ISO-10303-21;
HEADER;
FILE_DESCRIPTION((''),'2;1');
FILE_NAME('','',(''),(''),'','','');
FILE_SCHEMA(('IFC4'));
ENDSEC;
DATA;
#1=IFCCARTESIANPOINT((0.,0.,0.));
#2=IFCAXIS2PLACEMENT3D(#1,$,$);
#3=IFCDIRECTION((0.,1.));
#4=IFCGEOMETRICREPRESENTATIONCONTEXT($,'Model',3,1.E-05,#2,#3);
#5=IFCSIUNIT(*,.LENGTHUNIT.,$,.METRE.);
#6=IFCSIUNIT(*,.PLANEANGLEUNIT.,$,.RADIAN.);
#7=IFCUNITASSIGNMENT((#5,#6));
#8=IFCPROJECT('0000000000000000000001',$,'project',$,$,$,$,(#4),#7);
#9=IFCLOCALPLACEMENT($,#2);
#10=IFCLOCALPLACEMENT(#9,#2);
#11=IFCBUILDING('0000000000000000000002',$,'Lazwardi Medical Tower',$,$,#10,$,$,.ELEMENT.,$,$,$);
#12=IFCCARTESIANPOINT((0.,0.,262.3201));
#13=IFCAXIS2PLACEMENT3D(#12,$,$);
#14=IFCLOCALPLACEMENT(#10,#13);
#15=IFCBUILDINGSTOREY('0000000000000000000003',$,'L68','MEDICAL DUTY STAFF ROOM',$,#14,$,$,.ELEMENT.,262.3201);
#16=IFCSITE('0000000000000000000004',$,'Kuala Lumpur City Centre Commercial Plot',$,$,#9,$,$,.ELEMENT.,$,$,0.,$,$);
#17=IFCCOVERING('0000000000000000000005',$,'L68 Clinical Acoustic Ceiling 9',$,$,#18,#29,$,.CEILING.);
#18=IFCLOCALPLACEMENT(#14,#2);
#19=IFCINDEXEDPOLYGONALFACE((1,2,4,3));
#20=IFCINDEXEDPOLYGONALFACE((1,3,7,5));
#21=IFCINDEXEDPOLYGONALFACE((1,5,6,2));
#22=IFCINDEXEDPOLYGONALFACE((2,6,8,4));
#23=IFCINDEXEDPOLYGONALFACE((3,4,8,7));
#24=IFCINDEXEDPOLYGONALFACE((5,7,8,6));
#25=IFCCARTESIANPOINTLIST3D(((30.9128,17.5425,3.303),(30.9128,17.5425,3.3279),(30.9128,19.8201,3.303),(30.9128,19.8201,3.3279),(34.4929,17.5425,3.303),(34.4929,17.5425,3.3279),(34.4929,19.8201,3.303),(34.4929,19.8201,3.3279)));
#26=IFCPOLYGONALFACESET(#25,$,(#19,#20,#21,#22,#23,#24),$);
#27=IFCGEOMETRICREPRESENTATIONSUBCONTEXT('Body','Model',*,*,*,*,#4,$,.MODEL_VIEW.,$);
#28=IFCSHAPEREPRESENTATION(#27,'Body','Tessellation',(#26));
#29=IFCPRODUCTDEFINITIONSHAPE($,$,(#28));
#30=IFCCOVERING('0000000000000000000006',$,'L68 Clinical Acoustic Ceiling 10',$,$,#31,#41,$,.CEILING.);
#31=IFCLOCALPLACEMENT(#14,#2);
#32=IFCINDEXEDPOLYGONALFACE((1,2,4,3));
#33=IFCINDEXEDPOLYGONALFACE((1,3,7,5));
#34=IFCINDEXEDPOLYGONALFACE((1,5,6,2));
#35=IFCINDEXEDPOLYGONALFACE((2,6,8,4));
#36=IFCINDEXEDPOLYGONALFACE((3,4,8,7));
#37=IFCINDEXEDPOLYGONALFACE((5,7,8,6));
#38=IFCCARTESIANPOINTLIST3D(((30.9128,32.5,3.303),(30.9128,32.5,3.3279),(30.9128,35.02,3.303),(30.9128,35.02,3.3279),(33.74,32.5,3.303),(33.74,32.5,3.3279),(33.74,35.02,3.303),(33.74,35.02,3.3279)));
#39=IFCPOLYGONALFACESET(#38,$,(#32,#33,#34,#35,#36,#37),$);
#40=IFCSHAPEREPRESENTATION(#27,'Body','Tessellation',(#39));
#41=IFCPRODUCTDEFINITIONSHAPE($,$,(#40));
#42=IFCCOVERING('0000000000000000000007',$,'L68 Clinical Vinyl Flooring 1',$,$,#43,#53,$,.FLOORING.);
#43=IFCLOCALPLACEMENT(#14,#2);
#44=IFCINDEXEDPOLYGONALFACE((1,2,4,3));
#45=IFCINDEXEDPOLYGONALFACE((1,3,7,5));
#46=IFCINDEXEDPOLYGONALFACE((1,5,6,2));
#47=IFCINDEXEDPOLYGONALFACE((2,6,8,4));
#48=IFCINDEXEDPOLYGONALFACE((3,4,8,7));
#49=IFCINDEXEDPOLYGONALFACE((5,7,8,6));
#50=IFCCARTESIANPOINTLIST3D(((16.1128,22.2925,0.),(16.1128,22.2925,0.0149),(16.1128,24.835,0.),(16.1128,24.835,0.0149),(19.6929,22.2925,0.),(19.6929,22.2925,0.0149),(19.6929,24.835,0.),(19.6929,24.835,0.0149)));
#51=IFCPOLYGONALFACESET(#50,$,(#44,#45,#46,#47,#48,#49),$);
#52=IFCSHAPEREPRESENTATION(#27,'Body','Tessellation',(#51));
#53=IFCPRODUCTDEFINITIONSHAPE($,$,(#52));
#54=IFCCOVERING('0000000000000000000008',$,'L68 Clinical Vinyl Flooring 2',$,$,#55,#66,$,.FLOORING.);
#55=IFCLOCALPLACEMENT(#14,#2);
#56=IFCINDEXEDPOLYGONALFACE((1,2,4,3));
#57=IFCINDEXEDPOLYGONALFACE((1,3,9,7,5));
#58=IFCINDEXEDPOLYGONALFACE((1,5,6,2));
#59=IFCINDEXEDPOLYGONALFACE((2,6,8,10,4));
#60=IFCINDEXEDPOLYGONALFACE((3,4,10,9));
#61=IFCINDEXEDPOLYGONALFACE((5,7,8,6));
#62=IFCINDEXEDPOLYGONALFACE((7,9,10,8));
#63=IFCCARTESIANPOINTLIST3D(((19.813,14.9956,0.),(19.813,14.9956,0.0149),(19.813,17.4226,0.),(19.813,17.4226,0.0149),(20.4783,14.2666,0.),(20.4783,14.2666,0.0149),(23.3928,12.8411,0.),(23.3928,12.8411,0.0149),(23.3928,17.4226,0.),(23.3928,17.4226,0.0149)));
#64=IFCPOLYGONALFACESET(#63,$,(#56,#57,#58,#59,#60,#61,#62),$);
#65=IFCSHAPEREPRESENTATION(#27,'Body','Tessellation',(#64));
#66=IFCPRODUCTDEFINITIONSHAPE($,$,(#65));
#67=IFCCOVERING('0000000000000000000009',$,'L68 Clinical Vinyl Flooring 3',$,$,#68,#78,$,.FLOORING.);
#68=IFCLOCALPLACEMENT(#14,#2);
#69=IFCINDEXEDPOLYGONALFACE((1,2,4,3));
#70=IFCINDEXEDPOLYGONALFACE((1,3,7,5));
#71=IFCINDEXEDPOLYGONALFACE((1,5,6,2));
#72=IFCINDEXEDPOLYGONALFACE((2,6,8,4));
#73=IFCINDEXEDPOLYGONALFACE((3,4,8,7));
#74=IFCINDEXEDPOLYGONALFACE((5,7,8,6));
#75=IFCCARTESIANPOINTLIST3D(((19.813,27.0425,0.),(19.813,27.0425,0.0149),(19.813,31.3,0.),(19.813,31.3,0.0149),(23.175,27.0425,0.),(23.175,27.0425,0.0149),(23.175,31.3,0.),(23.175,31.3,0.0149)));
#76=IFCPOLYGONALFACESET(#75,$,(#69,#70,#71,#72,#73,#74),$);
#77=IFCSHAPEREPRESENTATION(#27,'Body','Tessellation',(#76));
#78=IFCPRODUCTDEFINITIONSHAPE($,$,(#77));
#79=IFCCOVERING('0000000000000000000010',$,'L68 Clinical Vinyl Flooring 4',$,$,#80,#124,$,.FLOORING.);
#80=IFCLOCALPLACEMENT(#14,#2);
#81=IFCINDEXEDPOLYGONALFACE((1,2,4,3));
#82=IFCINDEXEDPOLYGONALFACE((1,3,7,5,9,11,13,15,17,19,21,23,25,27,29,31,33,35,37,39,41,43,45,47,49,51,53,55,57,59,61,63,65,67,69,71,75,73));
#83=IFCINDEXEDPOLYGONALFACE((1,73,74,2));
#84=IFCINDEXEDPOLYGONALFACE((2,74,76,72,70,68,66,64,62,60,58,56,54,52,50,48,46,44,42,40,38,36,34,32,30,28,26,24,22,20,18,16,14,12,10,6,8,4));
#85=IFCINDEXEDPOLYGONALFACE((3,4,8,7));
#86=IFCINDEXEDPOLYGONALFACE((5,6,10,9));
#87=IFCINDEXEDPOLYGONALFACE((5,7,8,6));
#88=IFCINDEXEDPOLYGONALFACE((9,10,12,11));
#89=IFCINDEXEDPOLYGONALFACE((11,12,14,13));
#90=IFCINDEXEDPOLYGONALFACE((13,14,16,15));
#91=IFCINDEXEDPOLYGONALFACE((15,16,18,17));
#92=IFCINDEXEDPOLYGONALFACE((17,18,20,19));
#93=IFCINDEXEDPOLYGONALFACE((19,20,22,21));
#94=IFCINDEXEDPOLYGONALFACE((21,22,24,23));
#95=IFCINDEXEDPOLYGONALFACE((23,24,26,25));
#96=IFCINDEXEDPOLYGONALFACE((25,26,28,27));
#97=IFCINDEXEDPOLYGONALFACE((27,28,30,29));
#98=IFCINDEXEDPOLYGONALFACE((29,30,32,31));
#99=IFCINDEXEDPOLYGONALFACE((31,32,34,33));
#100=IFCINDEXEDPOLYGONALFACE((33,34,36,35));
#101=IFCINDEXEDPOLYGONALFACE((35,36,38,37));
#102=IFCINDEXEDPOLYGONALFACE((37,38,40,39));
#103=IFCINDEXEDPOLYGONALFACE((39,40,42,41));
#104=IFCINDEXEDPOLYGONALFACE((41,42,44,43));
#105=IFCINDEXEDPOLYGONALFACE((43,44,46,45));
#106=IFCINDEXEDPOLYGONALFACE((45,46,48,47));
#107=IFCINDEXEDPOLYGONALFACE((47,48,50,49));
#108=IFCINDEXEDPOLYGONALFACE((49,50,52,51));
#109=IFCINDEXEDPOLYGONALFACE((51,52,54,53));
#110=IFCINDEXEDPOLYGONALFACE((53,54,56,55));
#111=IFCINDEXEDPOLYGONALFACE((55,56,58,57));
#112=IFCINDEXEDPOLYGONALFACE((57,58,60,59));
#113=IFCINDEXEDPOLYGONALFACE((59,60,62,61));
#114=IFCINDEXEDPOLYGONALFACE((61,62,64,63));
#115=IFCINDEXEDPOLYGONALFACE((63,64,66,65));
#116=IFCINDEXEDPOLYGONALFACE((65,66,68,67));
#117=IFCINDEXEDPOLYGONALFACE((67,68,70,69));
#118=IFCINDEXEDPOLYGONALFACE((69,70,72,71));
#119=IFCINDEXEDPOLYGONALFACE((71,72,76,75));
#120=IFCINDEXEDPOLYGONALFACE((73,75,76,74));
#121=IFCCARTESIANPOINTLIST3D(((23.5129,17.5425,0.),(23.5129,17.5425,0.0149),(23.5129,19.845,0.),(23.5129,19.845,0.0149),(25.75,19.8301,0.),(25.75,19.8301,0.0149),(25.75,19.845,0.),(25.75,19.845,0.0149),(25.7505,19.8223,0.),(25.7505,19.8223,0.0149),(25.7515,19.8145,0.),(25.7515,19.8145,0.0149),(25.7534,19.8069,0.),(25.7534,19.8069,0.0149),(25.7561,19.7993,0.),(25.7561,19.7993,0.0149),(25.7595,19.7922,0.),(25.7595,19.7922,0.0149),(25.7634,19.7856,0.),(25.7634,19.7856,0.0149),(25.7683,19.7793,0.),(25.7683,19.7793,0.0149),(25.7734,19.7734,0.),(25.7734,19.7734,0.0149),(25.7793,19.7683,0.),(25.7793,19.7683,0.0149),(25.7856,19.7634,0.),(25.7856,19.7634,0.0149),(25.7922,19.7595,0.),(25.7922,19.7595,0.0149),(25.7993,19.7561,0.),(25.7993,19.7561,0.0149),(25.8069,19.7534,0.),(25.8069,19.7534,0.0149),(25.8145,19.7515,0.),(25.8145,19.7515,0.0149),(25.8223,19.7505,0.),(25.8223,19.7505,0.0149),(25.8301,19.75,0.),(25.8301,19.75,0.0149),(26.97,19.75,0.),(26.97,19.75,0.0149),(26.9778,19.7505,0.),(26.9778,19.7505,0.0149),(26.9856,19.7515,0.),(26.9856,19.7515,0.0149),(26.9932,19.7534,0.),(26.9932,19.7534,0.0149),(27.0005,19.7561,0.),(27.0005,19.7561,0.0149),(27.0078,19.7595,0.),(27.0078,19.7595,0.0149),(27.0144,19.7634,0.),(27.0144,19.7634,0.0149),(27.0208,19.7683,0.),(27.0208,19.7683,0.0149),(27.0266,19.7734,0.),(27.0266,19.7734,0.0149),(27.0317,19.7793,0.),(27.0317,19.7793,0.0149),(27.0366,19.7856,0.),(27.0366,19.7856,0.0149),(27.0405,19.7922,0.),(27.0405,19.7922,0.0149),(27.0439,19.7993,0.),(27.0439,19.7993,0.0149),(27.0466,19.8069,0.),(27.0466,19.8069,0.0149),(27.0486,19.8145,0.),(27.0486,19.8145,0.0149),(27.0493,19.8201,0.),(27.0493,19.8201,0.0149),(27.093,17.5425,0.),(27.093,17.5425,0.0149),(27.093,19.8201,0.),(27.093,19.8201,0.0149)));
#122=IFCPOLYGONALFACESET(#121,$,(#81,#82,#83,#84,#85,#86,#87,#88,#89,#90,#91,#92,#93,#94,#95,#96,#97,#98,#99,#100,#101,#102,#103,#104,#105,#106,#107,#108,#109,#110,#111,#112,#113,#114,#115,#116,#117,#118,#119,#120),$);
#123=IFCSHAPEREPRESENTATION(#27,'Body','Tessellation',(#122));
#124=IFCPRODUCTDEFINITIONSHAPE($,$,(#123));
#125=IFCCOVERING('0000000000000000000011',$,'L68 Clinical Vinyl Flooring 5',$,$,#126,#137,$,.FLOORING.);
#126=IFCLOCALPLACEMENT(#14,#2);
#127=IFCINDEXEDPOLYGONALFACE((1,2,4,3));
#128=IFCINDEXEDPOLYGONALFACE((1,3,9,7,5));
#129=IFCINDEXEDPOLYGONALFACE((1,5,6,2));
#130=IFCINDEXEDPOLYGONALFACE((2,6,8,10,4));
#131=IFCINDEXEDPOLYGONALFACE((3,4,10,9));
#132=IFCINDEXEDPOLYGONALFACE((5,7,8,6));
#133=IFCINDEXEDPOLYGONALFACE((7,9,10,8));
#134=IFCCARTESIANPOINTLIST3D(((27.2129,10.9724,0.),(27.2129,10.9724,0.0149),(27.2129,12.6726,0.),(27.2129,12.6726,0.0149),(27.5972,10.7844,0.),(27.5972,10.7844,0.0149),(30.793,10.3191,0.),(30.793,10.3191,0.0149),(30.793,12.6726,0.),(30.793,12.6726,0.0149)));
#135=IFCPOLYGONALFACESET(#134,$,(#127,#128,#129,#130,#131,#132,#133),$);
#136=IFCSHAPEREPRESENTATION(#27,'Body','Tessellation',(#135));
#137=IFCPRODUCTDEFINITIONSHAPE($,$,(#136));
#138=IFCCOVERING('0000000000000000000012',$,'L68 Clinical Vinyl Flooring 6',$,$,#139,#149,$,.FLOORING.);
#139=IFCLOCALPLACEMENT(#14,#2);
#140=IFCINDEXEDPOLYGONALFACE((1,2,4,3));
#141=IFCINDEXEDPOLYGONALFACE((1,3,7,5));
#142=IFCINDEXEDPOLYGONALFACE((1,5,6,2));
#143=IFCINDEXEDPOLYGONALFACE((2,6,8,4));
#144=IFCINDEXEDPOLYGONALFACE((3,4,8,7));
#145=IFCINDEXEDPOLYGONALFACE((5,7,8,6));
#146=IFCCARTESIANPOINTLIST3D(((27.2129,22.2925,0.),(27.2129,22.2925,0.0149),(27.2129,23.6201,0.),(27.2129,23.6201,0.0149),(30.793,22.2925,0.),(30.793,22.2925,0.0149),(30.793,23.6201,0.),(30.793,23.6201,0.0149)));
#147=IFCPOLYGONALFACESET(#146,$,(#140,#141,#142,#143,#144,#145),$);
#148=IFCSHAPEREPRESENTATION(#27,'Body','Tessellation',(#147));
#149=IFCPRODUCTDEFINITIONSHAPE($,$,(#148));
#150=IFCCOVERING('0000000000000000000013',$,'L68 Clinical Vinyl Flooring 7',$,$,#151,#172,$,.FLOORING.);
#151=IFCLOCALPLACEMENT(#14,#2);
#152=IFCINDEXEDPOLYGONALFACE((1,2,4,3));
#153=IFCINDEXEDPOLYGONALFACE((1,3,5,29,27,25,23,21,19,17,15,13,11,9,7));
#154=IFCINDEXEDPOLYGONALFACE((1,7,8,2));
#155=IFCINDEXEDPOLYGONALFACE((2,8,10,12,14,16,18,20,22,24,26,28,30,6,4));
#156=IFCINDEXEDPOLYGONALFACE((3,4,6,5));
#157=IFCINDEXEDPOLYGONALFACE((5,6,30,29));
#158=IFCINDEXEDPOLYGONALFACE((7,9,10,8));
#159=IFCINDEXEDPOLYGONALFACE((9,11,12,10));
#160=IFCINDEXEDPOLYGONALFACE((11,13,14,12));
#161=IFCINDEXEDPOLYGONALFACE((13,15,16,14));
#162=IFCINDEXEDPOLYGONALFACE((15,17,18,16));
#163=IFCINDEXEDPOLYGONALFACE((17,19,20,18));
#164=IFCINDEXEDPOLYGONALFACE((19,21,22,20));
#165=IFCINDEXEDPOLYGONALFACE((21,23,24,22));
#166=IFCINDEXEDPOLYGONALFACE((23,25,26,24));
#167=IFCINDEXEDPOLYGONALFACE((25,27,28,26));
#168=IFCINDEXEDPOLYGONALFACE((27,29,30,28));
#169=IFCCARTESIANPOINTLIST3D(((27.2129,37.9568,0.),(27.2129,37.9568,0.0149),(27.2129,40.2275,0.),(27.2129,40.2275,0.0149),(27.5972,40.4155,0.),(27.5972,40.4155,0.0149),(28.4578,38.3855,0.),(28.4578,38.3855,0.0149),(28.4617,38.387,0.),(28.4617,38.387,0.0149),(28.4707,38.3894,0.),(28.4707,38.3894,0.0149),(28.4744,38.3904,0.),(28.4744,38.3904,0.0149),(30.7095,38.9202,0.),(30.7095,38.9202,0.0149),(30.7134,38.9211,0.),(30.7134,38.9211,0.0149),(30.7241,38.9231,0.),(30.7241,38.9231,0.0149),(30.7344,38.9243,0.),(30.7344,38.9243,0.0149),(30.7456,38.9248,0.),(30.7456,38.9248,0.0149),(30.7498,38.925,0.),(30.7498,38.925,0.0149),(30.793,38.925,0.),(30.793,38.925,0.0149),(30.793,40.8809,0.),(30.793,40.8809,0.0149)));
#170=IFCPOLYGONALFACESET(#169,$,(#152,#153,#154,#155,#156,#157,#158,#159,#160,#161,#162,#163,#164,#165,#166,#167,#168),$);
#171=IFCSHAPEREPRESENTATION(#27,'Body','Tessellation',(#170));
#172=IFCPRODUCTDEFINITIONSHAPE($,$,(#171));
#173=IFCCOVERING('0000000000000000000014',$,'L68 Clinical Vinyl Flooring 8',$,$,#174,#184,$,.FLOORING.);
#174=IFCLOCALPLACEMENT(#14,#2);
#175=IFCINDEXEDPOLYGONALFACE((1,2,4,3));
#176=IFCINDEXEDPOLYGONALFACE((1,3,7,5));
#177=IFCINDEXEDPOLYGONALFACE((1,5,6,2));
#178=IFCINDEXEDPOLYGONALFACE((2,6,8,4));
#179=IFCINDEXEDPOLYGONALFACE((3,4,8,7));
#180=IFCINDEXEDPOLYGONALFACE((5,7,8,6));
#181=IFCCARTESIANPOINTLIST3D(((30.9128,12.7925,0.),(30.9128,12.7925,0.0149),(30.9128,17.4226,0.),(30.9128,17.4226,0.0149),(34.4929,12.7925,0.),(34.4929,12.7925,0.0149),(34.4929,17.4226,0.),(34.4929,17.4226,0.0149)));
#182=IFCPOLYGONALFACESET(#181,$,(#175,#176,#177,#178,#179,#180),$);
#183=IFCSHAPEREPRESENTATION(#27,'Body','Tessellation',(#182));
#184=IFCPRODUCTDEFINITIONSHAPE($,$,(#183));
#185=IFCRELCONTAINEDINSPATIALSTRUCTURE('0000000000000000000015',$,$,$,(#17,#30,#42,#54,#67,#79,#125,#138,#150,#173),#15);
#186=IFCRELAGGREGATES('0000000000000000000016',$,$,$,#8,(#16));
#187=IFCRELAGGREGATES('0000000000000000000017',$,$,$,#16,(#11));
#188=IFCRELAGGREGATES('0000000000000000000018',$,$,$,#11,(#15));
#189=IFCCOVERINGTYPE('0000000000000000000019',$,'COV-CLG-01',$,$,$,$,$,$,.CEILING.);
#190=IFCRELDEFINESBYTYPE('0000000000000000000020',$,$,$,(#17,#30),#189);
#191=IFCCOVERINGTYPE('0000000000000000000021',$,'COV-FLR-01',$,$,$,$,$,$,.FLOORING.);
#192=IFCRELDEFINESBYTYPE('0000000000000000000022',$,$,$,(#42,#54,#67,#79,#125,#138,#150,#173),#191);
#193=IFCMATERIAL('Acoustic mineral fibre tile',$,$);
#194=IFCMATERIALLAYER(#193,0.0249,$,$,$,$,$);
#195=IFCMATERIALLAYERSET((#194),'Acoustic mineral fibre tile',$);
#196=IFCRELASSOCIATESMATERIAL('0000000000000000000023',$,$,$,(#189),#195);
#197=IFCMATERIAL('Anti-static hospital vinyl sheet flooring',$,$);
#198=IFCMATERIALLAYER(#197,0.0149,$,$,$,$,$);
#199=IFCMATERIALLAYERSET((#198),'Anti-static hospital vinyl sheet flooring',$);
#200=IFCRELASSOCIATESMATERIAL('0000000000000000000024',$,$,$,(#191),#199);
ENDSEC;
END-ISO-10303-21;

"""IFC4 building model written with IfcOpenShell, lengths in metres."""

from ifc_helpers import new_model, si_unit, direction, frame, origin, place, context, subcontext, project, spatial, polyline, outline, extrude, material, layer, layer_set, type_object, element, save


model = new_model("IFC4")

# Units and contexts
model_context = context("Model", 3, precision=1e-05, world=origin(), true_north=direction((0.0, 1.0)))
body_context = subcontext(model_context, "Body", "Model", "MODEL_VIEW")
ifc_project = project(units=[si_unit("LENGTHUNIT", "METRE"), si_unit("PLANEANGLEUNIT", "RADIAN")], contexts=[model_context])

# Site, building, storey
site_placement = place(None, origin())
site = spatial("IfcSite", under=ifc_project, at=site_placement, Name="Kuala Lumpur City Centre Commercial Plot", CompositionType="ELEMENT", RefElevation=0.0)
building_placement = place(site_placement, origin())
building = spatial("IfcBuilding", under=site, at=building_placement, Name="Lazwardi Medical Tower", CompositionType="ELEMENT")
storey_placement = place(building_placement, frame((0.0, 0.0, 262.3201)))
storey = spatial("IfcBuildingStorey", under=building, at=storey_placement, Name="L68", Description="MEDICAL DUTY STAFF ROOM", CompositionType="ELEMENT", Elevation=262.3201)

# Coverings
ifc_material_1 = material(Name="Acoustic mineral fibre tile")
ifc_layer_1 = layer(ifc_material_1, 0.0249)
ifc_layer_set_1 = layer_set([ifc_layer_1], Name="Acoustic mineral fibre tile")
covering_type_1 = type_object("IfcCoveringType", Name="COV-CLG-01", PredefinedType="CEILING", material=ifc_layer_set_1)
covering_1_placement = place(storey_placement, frame((0.0, 0.0, 3.303)))
element("IfcCovering", 1, at=covering_1_placement, inside=storey, type_object=covering_type_1, Name="L68 Clinical Acoustic Ceiling 9", PredefinedType="CEILING", context=body_context, shape_type="SweptSolid", body=[
    extrude(outline(polyline([(34.4929, 19.8201), (30.9128, 19.8201), (30.9128, 17.5425), (34.4929, 17.5425), (34.4929, 19.8201)])), origin(), (0.0, 0.0, 1.0), 0.0249),
])
covering_2_placement = place(storey_placement, frame((0.0, 0.0, 3.303)))
element("IfcCovering", 2, at=covering_2_placement, inside=storey, type_object=covering_type_1, Name="L68 Clinical Acoustic Ceiling 10", PredefinedType="CEILING", context=body_context, shape_type="SweptSolid", body=[
    extrude(outline(polyline([(30.9128, 32.5), (33.74, 32.5), (33.74, 35.02), (30.9128, 35.02), (30.9128, 32.5)])), origin(), (0.0, 0.0, 1.0), 0.0249),
])
ifc_material_2 = material(Name="Anti-static hospital vinyl sheet flooring")
ifc_layer_2 = layer(ifc_material_2, 0.0149)
ifc_layer_set_2 = layer_set([ifc_layer_2], Name="Anti-static hospital vinyl sheet flooring")
covering_type_2 = type_object("IfcCoveringType", Name="COV-FLR-01", PredefinedType="FLOORING", material=ifc_layer_set_2)
covering_3_placement = place(storey_placement, origin())
element("IfcCovering", 3, at=covering_3_placement, inside=storey, type_object=covering_type_2, Name="L68 Clinical Vinyl Flooring 1", PredefinedType="FLOORING", context=body_context, shape_type="SweptSolid", body=[
    extrude(outline(polyline([(19.6929, 24.835), (16.1128, 24.835), (16.1128, 22.2925), (19.6929, 22.2925), (19.6929, 24.835)])), origin(), (0.0, 0.0, 1.0), 0.0149),
])
covering_4_placement = place(storey_placement, origin())
element("IfcCovering", 4, at=covering_4_placement, inside=storey, type_object=covering_type_2, Name="L68 Clinical Vinyl Flooring 2", PredefinedType="FLOORING", context=body_context, shape_type="SweptSolid", body=[
    extrude(outline(polyline([(19.813, 14.9956), (20.4783, 14.2666), (23.3928, 12.8411), (23.3928, 17.4226), (19.813, 17.4226), (19.813, 14.9956)])), origin(), (0.0, 0.0, 1.0), 0.0149),
])
covering_5_placement = place(storey_placement, origin())
element("IfcCovering", 5, at=covering_5_placement, inside=storey, type_object=covering_type_2, Name="L68 Clinical Vinyl Flooring 3", PredefinedType="FLOORING", context=body_context, shape_type="SweptSolid", body=[
    extrude(outline(polyline([(23.175, 27.0425), (23.175, 31.3), (19.813, 31.3), (19.813, 27.0425), (23.175, 27.0425)])), origin(), (0.0, 0.0, 1.0), 0.0149),
])
covering_6_placement = place(storey_placement, origin())
element("IfcCovering", 6, at=covering_6_placement, inside=storey, type_object=covering_type_2, Name="L68 Clinical Vinyl Flooring 4", PredefinedType="FLOORING", context=body_context, shape_type="SweptSolid", body=[
    extrude(outline(polyline([(27.093, 19.8201), (27.0493, 19.8201), (27.0486, 19.8145), (27.0466, 19.8069), (27.0439, 19.7993), (27.0405, 19.7922), (27.0366, 19.7856), (27.0317, 19.7793), (27.0266, 19.7734), (27.0208, 19.7683), (27.0144, 19.7634), (27.0078, 19.7595), (27.0005, 19.7561), (26.9932, 19.7534), (26.9856, 19.7515), (26.9778, 19.7505), (26.97, 19.75), (25.8301, 19.75), (25.8223, 19.7505), (25.8145, 19.7515), (25.8069, 19.7534), (25.7993, 19.7561), (25.7922, 19.7595), (25.7856, 19.7634), (25.7793, 19.7683), (25.7734, 19.7734), (25.7683, 19.7793), (25.7634, 19.7856), (25.7595, 19.7922), (25.7561, 19.7993), (25.7534, 19.8069), (25.7515, 19.8145), (25.7505, 19.8223), (25.75, 19.8301), (25.75, 19.845), (23.5129, 19.845), (23.5129, 17.5425), (27.093, 17.5425), (27.093, 19.8201)])), origin(), (0.0, 0.0, 1.0), 0.0149),
])
covering_7_placement = place(storey_placement, origin())
element("IfcCovering", 7, at=covering_7_placement, inside=storey, type_object=covering_type_2, Name="L68 Clinical Vinyl Flooring 5", PredefinedType="FLOORING", context=body_context, shape_type="SweptSolid", body=[
    extrude(outline(polyline([(27.2129, 10.9724), (27.5972, 10.7844), (30.793, 10.3191), (30.793, 12.6726), (27.2129, 12.6726), (27.2129, 10.9724)])), origin(), (0.0, 0.0, 1.0), 0.0149),
])
covering_8_placement = place(storey_placement, origin())
element("IfcCovering", 8, at=covering_8_placement, inside=storey, type_object=covering_type_2, Name="L68 Clinical Vinyl Flooring 6", PredefinedType="FLOORING", context=body_context, shape_type="SweptSolid", body=[
    extrude(outline(polyline([(30.793, 23.6201), (27.2129, 23.6201), (27.2129, 22.2925), (30.793, 22.2925), (30.793, 23.6201)])), origin(), (0.0, 0.0, 1.0), 0.0149),
])
covering_9_placement = place(storey_placement, origin())
element("IfcCovering", 9, at=covering_9_placement, inside=storey, type_object=covering_type_2, Name="L68 Clinical Vinyl Flooring 7", PredefinedType="FLOORING", context=body_context, shape_type="SweptSolid", body=[
    extrude(outline(polyline([(30.793, 40.8809), (27.5972, 40.4155), (27.2129, 40.2275), (27.2129, 37.9568), (28.4578, 38.3855), (28.4617, 38.387), (28.4707, 38.3894), (28.4744, 38.3904), (30.7095, 38.9202), (30.7134, 38.9211), (30.7241, 38.9231), (30.7344, 38.9243), (30.7456, 38.9248), (30.7498, 38.925), (30.793, 38.925), (30.793, 40.8809)])), origin(), (0.0, 0.0, 1.0), 0.0149),
])
covering_10_placement = place(storey_placement, origin())
element("IfcCovering", 10, at=covering_10_placement, inside=storey, type_object=covering_type_2, Name="L68 Clinical Vinyl Flooring 8", PredefinedType="FLOORING", context=body_context, shape_type="SweptSolid", body=[
    extrude(outline(polyline([(34.4929, 12.7925), (34.4929, 17.4226), (30.9128, 17.4226), (30.9128, 12.7925), (34.4929, 12.7925)])), origin(), (0.0, 0.0, 1.0), 0.0149),
])

save(model, "model.ifc")
